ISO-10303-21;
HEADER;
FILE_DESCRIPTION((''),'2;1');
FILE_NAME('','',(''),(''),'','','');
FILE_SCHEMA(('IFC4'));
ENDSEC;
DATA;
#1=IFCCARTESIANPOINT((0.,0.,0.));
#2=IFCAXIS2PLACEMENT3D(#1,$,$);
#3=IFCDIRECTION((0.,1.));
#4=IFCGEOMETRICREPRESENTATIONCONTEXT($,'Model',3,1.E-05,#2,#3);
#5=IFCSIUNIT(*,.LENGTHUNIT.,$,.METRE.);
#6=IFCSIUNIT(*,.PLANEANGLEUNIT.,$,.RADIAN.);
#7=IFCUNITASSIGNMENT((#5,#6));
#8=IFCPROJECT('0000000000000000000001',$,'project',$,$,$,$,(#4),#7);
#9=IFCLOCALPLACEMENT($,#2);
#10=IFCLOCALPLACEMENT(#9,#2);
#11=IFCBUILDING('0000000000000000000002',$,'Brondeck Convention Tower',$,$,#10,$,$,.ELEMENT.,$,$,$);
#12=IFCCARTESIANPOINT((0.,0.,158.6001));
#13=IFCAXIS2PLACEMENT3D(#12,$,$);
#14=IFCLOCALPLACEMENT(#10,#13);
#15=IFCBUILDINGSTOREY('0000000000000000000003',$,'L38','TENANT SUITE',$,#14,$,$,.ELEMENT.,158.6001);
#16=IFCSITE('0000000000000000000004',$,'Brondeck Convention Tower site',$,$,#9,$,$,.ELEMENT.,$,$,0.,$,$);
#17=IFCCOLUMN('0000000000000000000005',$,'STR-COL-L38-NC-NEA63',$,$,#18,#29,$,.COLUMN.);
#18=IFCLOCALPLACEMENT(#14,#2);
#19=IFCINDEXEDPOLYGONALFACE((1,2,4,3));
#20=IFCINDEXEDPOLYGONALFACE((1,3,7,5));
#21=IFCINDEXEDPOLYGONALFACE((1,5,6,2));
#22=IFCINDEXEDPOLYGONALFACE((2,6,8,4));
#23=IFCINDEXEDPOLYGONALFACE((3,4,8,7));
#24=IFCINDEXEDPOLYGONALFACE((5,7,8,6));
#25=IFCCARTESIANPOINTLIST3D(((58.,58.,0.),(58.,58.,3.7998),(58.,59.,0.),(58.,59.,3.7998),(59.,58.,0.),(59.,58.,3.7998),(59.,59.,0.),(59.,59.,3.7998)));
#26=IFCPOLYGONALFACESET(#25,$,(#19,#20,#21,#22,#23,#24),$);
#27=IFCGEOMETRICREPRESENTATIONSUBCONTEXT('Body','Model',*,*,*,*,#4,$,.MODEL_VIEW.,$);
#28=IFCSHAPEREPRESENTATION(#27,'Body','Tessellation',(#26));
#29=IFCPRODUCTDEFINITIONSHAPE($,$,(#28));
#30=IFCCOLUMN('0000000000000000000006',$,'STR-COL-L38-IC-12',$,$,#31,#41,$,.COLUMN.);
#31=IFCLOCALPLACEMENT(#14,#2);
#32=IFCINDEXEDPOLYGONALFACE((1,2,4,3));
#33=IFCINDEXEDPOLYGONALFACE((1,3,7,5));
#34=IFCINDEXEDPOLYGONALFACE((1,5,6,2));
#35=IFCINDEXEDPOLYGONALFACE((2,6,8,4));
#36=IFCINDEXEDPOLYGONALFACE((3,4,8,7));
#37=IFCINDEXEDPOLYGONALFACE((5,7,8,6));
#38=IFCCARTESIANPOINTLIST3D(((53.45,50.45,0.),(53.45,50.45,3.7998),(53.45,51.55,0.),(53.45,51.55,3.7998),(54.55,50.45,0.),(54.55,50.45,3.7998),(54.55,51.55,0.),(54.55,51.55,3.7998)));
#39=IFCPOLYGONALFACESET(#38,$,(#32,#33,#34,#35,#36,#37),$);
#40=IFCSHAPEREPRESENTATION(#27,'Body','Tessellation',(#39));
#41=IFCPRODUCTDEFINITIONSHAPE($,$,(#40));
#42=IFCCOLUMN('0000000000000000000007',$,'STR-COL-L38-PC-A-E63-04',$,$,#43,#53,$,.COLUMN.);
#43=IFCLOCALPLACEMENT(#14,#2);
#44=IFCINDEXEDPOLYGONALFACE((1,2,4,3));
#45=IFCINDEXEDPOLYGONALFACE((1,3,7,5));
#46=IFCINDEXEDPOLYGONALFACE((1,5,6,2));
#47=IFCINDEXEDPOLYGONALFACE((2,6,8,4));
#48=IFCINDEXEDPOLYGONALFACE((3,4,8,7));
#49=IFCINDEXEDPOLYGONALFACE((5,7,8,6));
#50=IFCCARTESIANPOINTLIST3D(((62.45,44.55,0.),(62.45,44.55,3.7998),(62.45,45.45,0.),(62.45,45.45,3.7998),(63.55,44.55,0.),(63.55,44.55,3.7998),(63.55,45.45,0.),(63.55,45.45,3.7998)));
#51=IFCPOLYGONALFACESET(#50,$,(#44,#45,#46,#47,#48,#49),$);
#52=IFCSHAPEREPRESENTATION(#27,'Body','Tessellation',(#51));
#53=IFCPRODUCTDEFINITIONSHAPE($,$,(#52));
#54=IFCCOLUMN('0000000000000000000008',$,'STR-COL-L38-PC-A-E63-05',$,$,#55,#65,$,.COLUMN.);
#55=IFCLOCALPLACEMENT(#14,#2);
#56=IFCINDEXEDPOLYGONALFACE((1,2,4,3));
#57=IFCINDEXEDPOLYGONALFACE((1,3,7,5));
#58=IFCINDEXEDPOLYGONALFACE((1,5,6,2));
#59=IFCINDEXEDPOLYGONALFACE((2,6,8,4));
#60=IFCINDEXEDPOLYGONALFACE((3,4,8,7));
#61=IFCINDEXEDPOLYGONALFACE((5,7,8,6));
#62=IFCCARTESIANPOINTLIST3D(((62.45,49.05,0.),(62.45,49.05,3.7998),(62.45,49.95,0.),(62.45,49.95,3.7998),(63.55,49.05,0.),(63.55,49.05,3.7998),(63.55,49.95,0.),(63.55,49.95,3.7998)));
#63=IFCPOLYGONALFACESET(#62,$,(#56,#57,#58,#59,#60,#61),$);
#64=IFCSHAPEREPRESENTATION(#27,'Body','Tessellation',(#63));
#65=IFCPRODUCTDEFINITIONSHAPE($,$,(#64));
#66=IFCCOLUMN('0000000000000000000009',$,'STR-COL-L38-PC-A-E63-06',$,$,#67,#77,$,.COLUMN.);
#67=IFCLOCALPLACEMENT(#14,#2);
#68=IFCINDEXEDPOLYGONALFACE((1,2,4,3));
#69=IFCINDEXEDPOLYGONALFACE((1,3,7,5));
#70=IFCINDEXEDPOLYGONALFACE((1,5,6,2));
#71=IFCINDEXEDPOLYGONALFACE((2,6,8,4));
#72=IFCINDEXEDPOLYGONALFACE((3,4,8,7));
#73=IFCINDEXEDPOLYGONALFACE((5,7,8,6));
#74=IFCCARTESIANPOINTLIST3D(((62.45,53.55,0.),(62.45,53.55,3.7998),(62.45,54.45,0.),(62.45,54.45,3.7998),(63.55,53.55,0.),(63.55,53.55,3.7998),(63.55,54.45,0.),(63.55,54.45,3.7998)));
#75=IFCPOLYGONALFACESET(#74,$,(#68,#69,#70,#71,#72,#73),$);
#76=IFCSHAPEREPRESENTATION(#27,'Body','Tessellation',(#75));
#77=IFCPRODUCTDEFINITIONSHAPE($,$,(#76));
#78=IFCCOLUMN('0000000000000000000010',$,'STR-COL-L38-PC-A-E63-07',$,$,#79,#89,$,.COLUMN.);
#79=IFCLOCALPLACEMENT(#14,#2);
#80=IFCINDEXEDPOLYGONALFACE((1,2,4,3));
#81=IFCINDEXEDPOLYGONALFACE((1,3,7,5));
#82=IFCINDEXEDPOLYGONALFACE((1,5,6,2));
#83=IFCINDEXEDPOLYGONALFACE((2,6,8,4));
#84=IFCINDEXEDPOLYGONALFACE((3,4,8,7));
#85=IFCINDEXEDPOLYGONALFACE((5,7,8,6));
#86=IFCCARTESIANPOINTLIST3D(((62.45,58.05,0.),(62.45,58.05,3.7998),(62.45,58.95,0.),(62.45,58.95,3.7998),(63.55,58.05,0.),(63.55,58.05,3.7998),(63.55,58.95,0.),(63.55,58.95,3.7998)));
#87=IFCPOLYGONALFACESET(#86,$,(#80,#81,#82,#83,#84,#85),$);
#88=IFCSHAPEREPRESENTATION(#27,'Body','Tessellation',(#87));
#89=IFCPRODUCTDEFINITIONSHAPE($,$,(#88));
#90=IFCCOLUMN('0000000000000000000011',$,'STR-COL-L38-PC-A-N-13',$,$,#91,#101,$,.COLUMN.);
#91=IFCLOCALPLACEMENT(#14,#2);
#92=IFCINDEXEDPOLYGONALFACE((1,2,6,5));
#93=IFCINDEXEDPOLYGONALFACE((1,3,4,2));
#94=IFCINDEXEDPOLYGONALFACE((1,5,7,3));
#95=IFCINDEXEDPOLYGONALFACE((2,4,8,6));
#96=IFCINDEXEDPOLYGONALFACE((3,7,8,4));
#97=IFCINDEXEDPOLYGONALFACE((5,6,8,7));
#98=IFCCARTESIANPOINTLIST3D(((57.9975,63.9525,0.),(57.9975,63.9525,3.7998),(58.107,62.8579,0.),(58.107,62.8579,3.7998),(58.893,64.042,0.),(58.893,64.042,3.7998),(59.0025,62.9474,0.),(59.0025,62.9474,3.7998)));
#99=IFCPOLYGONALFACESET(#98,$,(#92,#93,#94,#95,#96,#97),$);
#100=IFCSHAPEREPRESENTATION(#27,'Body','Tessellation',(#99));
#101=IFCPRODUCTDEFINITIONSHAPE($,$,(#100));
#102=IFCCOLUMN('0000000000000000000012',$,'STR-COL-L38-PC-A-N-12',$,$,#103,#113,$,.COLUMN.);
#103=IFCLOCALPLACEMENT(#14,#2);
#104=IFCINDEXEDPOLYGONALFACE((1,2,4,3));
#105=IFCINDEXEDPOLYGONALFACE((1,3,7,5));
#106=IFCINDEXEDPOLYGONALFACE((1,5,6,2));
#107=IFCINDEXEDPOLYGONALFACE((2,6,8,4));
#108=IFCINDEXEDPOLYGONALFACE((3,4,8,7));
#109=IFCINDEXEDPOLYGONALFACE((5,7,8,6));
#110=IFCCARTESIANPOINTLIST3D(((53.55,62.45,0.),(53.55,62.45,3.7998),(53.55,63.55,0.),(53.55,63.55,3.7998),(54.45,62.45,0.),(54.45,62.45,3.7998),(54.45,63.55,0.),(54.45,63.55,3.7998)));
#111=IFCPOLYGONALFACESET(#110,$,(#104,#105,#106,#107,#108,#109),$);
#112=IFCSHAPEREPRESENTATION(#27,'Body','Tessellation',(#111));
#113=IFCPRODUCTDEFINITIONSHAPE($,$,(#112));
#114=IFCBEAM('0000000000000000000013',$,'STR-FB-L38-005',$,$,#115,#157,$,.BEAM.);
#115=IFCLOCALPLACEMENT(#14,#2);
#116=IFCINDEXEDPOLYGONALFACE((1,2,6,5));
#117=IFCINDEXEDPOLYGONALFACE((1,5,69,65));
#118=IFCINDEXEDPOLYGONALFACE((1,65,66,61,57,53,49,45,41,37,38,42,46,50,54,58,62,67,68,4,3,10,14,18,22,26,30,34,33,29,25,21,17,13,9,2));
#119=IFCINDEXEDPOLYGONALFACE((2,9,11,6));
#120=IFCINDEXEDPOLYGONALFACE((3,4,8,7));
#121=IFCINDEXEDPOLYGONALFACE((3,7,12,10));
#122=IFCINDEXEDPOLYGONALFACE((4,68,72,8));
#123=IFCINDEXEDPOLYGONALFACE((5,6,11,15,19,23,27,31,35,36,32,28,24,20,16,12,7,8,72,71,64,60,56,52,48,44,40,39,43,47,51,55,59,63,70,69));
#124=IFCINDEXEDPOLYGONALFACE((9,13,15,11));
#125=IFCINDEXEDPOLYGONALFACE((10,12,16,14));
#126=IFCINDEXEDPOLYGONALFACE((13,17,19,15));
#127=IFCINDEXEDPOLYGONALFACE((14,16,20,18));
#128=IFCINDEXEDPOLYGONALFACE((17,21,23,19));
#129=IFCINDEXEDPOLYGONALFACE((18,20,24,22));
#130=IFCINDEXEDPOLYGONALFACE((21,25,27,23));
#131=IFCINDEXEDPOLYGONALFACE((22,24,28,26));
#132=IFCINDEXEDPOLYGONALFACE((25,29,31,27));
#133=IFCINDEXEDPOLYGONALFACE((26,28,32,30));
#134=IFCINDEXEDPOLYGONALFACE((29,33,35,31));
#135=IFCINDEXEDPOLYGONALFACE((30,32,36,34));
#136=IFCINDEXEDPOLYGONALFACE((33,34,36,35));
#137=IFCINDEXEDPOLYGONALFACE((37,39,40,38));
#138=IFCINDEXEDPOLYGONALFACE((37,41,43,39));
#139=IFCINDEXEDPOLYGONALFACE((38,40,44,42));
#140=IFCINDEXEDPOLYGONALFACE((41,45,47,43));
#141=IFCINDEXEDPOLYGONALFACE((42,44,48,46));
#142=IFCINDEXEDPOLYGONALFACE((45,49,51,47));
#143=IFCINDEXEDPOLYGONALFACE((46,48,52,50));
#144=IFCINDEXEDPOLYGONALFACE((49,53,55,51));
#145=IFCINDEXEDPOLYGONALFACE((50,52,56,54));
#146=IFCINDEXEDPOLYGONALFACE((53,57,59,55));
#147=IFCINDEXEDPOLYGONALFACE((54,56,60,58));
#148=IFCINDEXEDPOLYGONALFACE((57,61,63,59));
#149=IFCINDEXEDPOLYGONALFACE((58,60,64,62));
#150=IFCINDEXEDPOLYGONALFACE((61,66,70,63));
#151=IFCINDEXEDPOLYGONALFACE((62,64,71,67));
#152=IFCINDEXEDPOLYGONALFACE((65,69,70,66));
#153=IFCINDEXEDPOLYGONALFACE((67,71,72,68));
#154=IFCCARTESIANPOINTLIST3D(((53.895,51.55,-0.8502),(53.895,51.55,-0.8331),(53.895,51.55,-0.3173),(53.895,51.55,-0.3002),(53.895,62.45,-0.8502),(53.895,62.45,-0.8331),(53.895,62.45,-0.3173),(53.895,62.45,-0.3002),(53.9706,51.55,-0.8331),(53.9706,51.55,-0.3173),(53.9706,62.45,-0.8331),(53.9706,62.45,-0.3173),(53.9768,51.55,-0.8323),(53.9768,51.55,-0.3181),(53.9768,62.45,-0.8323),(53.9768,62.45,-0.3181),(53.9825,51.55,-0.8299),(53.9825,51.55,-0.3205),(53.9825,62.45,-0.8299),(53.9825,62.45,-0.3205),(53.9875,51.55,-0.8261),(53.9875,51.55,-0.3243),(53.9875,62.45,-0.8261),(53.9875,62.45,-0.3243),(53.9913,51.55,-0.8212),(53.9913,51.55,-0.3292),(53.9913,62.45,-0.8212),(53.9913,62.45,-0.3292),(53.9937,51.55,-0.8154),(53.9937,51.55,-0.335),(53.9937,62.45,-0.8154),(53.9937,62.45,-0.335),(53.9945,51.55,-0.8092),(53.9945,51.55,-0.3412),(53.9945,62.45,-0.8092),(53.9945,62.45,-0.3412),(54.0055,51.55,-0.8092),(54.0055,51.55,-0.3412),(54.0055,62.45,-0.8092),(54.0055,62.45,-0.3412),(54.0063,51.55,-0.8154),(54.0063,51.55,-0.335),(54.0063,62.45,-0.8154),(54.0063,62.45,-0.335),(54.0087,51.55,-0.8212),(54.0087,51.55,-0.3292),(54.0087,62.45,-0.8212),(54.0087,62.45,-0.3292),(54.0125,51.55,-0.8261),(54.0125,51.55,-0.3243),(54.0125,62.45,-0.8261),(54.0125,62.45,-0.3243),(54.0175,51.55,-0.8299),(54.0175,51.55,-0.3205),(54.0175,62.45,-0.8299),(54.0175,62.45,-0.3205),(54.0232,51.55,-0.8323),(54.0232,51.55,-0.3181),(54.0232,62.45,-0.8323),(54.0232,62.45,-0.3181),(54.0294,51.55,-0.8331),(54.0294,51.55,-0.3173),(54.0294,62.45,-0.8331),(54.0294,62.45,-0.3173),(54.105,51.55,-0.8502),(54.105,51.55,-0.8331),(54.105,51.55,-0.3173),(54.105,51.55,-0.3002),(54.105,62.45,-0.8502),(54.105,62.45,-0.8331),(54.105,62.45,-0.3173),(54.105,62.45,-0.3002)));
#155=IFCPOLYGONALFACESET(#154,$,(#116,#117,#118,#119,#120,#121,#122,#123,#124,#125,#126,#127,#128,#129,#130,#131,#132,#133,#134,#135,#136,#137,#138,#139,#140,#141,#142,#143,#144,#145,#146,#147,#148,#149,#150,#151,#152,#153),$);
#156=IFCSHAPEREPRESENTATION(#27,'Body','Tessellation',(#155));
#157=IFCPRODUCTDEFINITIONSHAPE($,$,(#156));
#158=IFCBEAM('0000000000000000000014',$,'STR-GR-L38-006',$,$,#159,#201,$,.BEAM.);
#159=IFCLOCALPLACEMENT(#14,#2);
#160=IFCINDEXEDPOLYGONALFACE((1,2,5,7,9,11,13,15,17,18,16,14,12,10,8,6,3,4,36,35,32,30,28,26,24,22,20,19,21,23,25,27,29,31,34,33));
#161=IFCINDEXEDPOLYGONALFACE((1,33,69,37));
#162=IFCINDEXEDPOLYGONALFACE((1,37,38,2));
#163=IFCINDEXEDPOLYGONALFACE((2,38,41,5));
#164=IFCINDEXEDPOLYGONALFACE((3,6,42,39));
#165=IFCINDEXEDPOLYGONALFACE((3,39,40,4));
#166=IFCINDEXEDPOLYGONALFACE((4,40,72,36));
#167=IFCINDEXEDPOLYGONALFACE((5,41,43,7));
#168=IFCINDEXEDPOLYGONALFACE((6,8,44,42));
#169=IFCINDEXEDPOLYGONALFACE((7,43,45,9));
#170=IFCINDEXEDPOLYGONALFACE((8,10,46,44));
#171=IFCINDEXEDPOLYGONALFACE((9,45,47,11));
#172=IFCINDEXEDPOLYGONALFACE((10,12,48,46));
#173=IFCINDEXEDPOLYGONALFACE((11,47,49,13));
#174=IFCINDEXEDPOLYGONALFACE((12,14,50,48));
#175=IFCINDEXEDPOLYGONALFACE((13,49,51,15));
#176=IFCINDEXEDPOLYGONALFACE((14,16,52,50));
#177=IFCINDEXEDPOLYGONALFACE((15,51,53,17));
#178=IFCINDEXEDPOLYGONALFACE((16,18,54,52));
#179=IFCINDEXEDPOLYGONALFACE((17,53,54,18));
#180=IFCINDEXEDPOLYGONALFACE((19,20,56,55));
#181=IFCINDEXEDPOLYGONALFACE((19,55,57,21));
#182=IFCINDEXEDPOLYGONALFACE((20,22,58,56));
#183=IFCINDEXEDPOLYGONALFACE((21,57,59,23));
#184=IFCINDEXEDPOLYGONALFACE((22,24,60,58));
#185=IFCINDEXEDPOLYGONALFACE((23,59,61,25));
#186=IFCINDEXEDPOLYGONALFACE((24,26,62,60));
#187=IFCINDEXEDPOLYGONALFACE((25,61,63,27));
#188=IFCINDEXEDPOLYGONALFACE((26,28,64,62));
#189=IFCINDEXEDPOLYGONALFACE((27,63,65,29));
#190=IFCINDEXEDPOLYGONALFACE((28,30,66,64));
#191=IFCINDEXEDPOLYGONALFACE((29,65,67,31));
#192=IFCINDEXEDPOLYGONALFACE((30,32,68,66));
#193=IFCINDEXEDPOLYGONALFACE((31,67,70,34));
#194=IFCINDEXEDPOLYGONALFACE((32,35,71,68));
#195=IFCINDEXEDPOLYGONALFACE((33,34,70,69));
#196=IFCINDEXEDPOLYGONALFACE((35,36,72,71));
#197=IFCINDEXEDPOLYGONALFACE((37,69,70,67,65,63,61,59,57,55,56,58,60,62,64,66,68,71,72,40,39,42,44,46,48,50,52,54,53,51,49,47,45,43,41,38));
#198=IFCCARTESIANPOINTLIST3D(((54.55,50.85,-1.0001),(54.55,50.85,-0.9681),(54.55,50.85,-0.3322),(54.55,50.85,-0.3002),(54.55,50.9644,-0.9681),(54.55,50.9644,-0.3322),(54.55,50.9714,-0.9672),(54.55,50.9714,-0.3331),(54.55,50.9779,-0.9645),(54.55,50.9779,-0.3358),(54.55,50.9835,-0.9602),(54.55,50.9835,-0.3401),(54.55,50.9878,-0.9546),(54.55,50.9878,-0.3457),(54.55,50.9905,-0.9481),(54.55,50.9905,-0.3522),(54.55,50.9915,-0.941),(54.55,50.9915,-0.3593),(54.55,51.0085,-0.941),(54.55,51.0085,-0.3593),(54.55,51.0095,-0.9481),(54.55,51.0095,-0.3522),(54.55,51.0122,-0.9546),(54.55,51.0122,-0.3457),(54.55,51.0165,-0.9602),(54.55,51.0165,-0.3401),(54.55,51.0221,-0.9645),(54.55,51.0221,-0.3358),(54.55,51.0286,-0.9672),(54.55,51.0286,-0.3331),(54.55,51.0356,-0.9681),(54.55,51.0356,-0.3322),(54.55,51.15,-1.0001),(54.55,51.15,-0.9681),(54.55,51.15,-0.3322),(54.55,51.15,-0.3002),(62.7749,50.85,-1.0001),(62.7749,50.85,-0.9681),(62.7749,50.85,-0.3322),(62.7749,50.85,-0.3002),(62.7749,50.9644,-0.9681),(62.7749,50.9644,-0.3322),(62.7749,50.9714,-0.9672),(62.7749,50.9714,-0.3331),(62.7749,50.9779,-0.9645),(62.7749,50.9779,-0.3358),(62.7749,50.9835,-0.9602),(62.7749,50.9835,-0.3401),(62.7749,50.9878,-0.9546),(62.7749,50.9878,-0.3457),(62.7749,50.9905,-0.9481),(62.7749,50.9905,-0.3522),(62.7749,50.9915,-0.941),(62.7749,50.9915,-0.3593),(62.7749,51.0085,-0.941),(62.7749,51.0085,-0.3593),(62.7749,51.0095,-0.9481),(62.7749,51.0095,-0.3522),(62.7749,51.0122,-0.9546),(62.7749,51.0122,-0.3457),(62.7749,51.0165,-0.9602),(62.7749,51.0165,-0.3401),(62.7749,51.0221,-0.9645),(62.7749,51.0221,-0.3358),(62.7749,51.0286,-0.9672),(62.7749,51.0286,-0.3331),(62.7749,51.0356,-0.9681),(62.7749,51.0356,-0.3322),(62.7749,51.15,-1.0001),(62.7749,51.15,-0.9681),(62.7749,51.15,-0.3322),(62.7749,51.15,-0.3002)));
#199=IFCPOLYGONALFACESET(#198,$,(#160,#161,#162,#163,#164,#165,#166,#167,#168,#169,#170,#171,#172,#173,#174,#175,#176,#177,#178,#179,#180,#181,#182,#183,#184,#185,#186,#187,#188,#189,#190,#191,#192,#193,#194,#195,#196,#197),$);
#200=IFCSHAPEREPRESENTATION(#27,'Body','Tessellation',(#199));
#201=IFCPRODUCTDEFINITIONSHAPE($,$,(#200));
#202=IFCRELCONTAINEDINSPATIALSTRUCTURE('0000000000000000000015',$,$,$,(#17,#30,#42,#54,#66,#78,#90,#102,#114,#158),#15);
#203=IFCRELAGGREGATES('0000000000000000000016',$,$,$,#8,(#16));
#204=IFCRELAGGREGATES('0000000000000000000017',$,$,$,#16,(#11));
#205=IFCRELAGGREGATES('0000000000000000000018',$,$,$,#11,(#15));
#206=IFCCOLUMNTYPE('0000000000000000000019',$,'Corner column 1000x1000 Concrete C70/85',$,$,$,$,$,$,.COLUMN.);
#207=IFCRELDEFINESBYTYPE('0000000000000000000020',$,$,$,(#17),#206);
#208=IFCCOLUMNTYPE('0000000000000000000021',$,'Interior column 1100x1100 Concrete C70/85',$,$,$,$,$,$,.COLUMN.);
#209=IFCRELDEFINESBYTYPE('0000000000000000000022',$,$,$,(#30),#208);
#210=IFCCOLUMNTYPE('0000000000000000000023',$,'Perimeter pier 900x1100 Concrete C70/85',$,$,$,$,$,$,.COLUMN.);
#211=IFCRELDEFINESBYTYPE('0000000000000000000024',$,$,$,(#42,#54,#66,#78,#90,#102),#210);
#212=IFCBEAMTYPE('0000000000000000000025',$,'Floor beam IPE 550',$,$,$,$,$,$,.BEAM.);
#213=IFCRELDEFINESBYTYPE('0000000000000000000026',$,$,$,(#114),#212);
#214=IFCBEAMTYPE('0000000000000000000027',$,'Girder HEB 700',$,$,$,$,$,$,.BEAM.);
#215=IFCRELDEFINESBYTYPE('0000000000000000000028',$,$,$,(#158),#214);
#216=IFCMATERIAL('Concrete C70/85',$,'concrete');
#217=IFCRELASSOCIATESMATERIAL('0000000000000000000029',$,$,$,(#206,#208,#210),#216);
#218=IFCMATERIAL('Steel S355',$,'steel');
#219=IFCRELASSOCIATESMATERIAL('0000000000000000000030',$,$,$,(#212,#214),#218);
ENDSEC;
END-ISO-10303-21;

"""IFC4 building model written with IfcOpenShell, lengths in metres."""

from ifc_helpers import new_model, si_unit, direction, frame, origin, origin_2d, place, context, subcontext, project, spatial, rectangle, i_section, extrude, material, material_profile, profile_set, type_object, element, save


model = new_model("IFC4")

# Units and contexts
model_context = context("Model", 3, precision=1e-05, world=origin(), true_north=direction((0.0, 1.0)))
body_context = subcontext(model_context, "Body", "Model", "MODEL_VIEW")
ifc_project = project(units=[si_unit("LENGTHUNIT", "METRE"), si_unit("PLANEANGLEUNIT", "RADIAN")], contexts=[model_context])

# Site, building, storey
site_placement = place(None, origin())
site = spatial("IfcSite", under=ifc_project, at=site_placement, Name="Brondeck Convention Tower site", CompositionType="ELEMENT", RefElevation=0.0)
building_placement = place(site_placement, origin())
building = spatial("IfcBuilding", under=site, at=building_placement, Name="Brondeck Convention Tower", CompositionType="ELEMENT")
storey_placement = place(building_placement, frame((0.0, 0.0, 158.6001)))
storey = spatial("IfcBuildingStorey", under=building, at=storey_placement, Name="L38", Description="TENANT SUITE", CompositionType="ELEMENT", Elevation=158.6001)

# Columns
ifc_material_1 = material(Name="Concrete C70/85", Category="concrete")
ifc_material_profile_1 = material_profile(ifc_material_1, rectangle(XDim=1.0, YDim=1.0, at=origin_2d()), Name="Corner column 1000x1000 Concrete C70/85")
ifc_profile_set_1 = profile_set([ifc_material_profile_1], Name="Concrete C70/85")
column_type_1 = type_object("IfcColumnType", Name="Corner column 1000x1000 Concrete C70/85", PredefinedType="COLUMN", material=ifc_profile_set_1)
column_1_placement = place(storey_placement, frame((58.5, 58.5, 0.0), z_axis=(0.0, 0.0, 1.0), x_axis=(1.0, 0.0, 0.0)))
element("IfcColumn", 1, at=column_1_placement, inside=storey, type_object=column_type_1, Name="STR-COL-L38-NC-NEA63", PredefinedType="COLUMN", context=body_context, shape_type="SweptSolid", body=[
    extrude(rectangle(XDim=1.0, YDim=1.0, at=origin_2d()), origin(), (0.0, 0.0, 1.0), 3.7998),
])
ifc_material_profile_2 = material_profile(ifc_material_1, rectangle(XDim=1.1001, YDim=1.1001, at=origin_2d()), Name="Interior column 1100x1100 Concrete C70/85")
ifc_profile_set_2 = profile_set([ifc_material_profile_2], Name="Concrete C70/85")
column_type_2 = type_object("IfcColumnType", Name="Interior column 1100x1100 Concrete C70/85", PredefinedType="COLUMN", material=ifc_profile_set_2)
column_2_placement = place(storey_placement, frame((54.0, 51.0, 0.0), z_axis=(0.0, 0.0, 1.0), x_axis=(1.0, 0.0, 0.0)))
element("IfcColumn", 2, at=column_2_placement, inside=storey, type_object=column_type_2, Name="STR-COL-L38-IC-12", PredefinedType="COLUMN", context=body_context, shape_type="SweptSolid", body=[
    extrude(rectangle(XDim=1.1001, YDim=1.1001, at=origin_2d()), origin(), (0.0, 0.0, 1.0), 3.7998),
])
ifc_material_profile_3 = material_profile(ifc_material_1, rectangle(XDim=0.8999, YDim=1.1001, at=origin_2d()), Name="Perimeter pier 900x1100 Concrete C70/85")
ifc_profile_set_3 = profile_set([ifc_material_profile_3], Name="Concrete C70/85")
column_type_3 = type_object("IfcColumnType", Name="Perimeter pier 900x1100 Concrete C70/85", PredefinedType="COLUMN", material=ifc_profile_set_3)
for number, where, z_axis, x_axis, name in (
    (3, (63.0, 45.0, 0.0), (0.0, 0.0, 1.0), (0.0, 1.0, 0.0), "STR-COL-L38-PC-A-E63-04"),
    (4, (63.0, 49.5, 0.0), (0.0, 0.0, 1.0), (0.0, 1.0, 0.0), "STR-COL-L38-PC-A-E63-05"),
    (5, (63.0, 54.0, 0.0), (0.0, 0.0, 1.0), (0.0, 1.0, 0.0), "STR-COL-L38-PC-A-E63-06"),
    (6, (63.0, 58.5, 0.0), (0.0, 0.0, 1.0), (0.0, 1.0, 0.0), "STR-COL-L38-PC-A-E63-07"),
    (7, (58.5, 63.45, 0.0), (0.0, 0.0, 1.0), (-0.995037, -0.099504, 0.0), "STR-COL-L38-PC-A-N-13"),
    (8, (54.0, 63.0, 0.0), (0.0, 0.0, 1.0), (-1.0, 0.0, 0.0), "STR-COL-L38-PC-A-N-12"),
):
    element("IfcColumn", number, at=place(storey_placement, frame(where, z_axis=z_axis, x_axis=x_axis)), inside=storey, type_object=column_type_3, Name=name, PredefinedType="COLUMN", context=body_context, shape_type="SweptSolid", body=[
        extrude(rectangle(XDim=0.8999, YDim=1.1001, at=origin_2d()), origin(), (0.0, 0.0, 1.0), 3.7998),
    ])

# Beams
ifc_material_2 = material(Name="Steel S355", Category="steel")
ifc_material_profile_4 = material_profile(ifc_material_2, i_section(OverallWidth=0.21, OverallDepth=0.55, WebThickness=0.011, FlangeThickness=0.0171, FilletRadius=0.0239, at=origin_2d()), Name="IPE 550")
ifc_profile_set_4 = profile_set([ifc_material_profile_4], Name="Steel S355")
beam_type_1 = type_object("IfcBeamType", Name="Floor beam IPE 550", PredefinedType="BEAM", material=ifc_profile_set_4)
beam_1_placement = place(storey_placement, frame((54.0, 51.55, -0.5752), z_axis=(0.0, 1.0, 0.0), x_axis=(-1.0, 0.0, 0.0)))
element("IfcBeam", 9, at=beam_1_placement, inside=storey, type_object=beam_type_1, Name="STR-FB-L38-005", PredefinedType="BEAM", context=body_context, shape_type="SweptSolid", body=[
    extrude(i_section(OverallWidth=0.21, OverallDepth=0.55, WebThickness=0.011, FlangeThickness=0.0171, FilletRadius=0.0239, at=origin_2d()), origin(), (0.0, 0.0, 1.0), 10.8999),
])
ifc_material_profile_5 = material_profile(ifc_material_2, i_section(OverallWidth=0.3, OverallDepth=0.7, WebThickness=0.0171, FlangeThickness=0.032, FilletRadius=0.0271, at=origin_2d()), Name="HEB 700")
ifc_profile_set_5 = profile_set([ifc_material_profile_5], Name="Steel S355")
beam_type_2 = type_object("IfcBeamType", Name="Girder HEB 700", PredefinedType="BEAM", material=ifc_profile_set_5)
beam_2_placement = place(storey_placement, frame((54.55, 51.0, -0.6501), z_axis=(1.0, 0.0, 0.0), x_axis=(0.0, 1.0, 0.0)))
element("IfcBeam", 10, at=beam_2_placement, inside=storey, type_object=beam_type_2, Name="STR-GR-L38-006", PredefinedType="BEAM", context=body_context, shape_type="SweptSolid", body=[
    extrude(i_section(OverallWidth=0.3, OverallDepth=0.7, WebThickness=0.0171, FlangeThickness=0.032, FilletRadius=0.0271, at=origin_2d()), origin(), (0.0, 0.0, 1.0), 8.2249),
])

save(model, "model.ifc")
